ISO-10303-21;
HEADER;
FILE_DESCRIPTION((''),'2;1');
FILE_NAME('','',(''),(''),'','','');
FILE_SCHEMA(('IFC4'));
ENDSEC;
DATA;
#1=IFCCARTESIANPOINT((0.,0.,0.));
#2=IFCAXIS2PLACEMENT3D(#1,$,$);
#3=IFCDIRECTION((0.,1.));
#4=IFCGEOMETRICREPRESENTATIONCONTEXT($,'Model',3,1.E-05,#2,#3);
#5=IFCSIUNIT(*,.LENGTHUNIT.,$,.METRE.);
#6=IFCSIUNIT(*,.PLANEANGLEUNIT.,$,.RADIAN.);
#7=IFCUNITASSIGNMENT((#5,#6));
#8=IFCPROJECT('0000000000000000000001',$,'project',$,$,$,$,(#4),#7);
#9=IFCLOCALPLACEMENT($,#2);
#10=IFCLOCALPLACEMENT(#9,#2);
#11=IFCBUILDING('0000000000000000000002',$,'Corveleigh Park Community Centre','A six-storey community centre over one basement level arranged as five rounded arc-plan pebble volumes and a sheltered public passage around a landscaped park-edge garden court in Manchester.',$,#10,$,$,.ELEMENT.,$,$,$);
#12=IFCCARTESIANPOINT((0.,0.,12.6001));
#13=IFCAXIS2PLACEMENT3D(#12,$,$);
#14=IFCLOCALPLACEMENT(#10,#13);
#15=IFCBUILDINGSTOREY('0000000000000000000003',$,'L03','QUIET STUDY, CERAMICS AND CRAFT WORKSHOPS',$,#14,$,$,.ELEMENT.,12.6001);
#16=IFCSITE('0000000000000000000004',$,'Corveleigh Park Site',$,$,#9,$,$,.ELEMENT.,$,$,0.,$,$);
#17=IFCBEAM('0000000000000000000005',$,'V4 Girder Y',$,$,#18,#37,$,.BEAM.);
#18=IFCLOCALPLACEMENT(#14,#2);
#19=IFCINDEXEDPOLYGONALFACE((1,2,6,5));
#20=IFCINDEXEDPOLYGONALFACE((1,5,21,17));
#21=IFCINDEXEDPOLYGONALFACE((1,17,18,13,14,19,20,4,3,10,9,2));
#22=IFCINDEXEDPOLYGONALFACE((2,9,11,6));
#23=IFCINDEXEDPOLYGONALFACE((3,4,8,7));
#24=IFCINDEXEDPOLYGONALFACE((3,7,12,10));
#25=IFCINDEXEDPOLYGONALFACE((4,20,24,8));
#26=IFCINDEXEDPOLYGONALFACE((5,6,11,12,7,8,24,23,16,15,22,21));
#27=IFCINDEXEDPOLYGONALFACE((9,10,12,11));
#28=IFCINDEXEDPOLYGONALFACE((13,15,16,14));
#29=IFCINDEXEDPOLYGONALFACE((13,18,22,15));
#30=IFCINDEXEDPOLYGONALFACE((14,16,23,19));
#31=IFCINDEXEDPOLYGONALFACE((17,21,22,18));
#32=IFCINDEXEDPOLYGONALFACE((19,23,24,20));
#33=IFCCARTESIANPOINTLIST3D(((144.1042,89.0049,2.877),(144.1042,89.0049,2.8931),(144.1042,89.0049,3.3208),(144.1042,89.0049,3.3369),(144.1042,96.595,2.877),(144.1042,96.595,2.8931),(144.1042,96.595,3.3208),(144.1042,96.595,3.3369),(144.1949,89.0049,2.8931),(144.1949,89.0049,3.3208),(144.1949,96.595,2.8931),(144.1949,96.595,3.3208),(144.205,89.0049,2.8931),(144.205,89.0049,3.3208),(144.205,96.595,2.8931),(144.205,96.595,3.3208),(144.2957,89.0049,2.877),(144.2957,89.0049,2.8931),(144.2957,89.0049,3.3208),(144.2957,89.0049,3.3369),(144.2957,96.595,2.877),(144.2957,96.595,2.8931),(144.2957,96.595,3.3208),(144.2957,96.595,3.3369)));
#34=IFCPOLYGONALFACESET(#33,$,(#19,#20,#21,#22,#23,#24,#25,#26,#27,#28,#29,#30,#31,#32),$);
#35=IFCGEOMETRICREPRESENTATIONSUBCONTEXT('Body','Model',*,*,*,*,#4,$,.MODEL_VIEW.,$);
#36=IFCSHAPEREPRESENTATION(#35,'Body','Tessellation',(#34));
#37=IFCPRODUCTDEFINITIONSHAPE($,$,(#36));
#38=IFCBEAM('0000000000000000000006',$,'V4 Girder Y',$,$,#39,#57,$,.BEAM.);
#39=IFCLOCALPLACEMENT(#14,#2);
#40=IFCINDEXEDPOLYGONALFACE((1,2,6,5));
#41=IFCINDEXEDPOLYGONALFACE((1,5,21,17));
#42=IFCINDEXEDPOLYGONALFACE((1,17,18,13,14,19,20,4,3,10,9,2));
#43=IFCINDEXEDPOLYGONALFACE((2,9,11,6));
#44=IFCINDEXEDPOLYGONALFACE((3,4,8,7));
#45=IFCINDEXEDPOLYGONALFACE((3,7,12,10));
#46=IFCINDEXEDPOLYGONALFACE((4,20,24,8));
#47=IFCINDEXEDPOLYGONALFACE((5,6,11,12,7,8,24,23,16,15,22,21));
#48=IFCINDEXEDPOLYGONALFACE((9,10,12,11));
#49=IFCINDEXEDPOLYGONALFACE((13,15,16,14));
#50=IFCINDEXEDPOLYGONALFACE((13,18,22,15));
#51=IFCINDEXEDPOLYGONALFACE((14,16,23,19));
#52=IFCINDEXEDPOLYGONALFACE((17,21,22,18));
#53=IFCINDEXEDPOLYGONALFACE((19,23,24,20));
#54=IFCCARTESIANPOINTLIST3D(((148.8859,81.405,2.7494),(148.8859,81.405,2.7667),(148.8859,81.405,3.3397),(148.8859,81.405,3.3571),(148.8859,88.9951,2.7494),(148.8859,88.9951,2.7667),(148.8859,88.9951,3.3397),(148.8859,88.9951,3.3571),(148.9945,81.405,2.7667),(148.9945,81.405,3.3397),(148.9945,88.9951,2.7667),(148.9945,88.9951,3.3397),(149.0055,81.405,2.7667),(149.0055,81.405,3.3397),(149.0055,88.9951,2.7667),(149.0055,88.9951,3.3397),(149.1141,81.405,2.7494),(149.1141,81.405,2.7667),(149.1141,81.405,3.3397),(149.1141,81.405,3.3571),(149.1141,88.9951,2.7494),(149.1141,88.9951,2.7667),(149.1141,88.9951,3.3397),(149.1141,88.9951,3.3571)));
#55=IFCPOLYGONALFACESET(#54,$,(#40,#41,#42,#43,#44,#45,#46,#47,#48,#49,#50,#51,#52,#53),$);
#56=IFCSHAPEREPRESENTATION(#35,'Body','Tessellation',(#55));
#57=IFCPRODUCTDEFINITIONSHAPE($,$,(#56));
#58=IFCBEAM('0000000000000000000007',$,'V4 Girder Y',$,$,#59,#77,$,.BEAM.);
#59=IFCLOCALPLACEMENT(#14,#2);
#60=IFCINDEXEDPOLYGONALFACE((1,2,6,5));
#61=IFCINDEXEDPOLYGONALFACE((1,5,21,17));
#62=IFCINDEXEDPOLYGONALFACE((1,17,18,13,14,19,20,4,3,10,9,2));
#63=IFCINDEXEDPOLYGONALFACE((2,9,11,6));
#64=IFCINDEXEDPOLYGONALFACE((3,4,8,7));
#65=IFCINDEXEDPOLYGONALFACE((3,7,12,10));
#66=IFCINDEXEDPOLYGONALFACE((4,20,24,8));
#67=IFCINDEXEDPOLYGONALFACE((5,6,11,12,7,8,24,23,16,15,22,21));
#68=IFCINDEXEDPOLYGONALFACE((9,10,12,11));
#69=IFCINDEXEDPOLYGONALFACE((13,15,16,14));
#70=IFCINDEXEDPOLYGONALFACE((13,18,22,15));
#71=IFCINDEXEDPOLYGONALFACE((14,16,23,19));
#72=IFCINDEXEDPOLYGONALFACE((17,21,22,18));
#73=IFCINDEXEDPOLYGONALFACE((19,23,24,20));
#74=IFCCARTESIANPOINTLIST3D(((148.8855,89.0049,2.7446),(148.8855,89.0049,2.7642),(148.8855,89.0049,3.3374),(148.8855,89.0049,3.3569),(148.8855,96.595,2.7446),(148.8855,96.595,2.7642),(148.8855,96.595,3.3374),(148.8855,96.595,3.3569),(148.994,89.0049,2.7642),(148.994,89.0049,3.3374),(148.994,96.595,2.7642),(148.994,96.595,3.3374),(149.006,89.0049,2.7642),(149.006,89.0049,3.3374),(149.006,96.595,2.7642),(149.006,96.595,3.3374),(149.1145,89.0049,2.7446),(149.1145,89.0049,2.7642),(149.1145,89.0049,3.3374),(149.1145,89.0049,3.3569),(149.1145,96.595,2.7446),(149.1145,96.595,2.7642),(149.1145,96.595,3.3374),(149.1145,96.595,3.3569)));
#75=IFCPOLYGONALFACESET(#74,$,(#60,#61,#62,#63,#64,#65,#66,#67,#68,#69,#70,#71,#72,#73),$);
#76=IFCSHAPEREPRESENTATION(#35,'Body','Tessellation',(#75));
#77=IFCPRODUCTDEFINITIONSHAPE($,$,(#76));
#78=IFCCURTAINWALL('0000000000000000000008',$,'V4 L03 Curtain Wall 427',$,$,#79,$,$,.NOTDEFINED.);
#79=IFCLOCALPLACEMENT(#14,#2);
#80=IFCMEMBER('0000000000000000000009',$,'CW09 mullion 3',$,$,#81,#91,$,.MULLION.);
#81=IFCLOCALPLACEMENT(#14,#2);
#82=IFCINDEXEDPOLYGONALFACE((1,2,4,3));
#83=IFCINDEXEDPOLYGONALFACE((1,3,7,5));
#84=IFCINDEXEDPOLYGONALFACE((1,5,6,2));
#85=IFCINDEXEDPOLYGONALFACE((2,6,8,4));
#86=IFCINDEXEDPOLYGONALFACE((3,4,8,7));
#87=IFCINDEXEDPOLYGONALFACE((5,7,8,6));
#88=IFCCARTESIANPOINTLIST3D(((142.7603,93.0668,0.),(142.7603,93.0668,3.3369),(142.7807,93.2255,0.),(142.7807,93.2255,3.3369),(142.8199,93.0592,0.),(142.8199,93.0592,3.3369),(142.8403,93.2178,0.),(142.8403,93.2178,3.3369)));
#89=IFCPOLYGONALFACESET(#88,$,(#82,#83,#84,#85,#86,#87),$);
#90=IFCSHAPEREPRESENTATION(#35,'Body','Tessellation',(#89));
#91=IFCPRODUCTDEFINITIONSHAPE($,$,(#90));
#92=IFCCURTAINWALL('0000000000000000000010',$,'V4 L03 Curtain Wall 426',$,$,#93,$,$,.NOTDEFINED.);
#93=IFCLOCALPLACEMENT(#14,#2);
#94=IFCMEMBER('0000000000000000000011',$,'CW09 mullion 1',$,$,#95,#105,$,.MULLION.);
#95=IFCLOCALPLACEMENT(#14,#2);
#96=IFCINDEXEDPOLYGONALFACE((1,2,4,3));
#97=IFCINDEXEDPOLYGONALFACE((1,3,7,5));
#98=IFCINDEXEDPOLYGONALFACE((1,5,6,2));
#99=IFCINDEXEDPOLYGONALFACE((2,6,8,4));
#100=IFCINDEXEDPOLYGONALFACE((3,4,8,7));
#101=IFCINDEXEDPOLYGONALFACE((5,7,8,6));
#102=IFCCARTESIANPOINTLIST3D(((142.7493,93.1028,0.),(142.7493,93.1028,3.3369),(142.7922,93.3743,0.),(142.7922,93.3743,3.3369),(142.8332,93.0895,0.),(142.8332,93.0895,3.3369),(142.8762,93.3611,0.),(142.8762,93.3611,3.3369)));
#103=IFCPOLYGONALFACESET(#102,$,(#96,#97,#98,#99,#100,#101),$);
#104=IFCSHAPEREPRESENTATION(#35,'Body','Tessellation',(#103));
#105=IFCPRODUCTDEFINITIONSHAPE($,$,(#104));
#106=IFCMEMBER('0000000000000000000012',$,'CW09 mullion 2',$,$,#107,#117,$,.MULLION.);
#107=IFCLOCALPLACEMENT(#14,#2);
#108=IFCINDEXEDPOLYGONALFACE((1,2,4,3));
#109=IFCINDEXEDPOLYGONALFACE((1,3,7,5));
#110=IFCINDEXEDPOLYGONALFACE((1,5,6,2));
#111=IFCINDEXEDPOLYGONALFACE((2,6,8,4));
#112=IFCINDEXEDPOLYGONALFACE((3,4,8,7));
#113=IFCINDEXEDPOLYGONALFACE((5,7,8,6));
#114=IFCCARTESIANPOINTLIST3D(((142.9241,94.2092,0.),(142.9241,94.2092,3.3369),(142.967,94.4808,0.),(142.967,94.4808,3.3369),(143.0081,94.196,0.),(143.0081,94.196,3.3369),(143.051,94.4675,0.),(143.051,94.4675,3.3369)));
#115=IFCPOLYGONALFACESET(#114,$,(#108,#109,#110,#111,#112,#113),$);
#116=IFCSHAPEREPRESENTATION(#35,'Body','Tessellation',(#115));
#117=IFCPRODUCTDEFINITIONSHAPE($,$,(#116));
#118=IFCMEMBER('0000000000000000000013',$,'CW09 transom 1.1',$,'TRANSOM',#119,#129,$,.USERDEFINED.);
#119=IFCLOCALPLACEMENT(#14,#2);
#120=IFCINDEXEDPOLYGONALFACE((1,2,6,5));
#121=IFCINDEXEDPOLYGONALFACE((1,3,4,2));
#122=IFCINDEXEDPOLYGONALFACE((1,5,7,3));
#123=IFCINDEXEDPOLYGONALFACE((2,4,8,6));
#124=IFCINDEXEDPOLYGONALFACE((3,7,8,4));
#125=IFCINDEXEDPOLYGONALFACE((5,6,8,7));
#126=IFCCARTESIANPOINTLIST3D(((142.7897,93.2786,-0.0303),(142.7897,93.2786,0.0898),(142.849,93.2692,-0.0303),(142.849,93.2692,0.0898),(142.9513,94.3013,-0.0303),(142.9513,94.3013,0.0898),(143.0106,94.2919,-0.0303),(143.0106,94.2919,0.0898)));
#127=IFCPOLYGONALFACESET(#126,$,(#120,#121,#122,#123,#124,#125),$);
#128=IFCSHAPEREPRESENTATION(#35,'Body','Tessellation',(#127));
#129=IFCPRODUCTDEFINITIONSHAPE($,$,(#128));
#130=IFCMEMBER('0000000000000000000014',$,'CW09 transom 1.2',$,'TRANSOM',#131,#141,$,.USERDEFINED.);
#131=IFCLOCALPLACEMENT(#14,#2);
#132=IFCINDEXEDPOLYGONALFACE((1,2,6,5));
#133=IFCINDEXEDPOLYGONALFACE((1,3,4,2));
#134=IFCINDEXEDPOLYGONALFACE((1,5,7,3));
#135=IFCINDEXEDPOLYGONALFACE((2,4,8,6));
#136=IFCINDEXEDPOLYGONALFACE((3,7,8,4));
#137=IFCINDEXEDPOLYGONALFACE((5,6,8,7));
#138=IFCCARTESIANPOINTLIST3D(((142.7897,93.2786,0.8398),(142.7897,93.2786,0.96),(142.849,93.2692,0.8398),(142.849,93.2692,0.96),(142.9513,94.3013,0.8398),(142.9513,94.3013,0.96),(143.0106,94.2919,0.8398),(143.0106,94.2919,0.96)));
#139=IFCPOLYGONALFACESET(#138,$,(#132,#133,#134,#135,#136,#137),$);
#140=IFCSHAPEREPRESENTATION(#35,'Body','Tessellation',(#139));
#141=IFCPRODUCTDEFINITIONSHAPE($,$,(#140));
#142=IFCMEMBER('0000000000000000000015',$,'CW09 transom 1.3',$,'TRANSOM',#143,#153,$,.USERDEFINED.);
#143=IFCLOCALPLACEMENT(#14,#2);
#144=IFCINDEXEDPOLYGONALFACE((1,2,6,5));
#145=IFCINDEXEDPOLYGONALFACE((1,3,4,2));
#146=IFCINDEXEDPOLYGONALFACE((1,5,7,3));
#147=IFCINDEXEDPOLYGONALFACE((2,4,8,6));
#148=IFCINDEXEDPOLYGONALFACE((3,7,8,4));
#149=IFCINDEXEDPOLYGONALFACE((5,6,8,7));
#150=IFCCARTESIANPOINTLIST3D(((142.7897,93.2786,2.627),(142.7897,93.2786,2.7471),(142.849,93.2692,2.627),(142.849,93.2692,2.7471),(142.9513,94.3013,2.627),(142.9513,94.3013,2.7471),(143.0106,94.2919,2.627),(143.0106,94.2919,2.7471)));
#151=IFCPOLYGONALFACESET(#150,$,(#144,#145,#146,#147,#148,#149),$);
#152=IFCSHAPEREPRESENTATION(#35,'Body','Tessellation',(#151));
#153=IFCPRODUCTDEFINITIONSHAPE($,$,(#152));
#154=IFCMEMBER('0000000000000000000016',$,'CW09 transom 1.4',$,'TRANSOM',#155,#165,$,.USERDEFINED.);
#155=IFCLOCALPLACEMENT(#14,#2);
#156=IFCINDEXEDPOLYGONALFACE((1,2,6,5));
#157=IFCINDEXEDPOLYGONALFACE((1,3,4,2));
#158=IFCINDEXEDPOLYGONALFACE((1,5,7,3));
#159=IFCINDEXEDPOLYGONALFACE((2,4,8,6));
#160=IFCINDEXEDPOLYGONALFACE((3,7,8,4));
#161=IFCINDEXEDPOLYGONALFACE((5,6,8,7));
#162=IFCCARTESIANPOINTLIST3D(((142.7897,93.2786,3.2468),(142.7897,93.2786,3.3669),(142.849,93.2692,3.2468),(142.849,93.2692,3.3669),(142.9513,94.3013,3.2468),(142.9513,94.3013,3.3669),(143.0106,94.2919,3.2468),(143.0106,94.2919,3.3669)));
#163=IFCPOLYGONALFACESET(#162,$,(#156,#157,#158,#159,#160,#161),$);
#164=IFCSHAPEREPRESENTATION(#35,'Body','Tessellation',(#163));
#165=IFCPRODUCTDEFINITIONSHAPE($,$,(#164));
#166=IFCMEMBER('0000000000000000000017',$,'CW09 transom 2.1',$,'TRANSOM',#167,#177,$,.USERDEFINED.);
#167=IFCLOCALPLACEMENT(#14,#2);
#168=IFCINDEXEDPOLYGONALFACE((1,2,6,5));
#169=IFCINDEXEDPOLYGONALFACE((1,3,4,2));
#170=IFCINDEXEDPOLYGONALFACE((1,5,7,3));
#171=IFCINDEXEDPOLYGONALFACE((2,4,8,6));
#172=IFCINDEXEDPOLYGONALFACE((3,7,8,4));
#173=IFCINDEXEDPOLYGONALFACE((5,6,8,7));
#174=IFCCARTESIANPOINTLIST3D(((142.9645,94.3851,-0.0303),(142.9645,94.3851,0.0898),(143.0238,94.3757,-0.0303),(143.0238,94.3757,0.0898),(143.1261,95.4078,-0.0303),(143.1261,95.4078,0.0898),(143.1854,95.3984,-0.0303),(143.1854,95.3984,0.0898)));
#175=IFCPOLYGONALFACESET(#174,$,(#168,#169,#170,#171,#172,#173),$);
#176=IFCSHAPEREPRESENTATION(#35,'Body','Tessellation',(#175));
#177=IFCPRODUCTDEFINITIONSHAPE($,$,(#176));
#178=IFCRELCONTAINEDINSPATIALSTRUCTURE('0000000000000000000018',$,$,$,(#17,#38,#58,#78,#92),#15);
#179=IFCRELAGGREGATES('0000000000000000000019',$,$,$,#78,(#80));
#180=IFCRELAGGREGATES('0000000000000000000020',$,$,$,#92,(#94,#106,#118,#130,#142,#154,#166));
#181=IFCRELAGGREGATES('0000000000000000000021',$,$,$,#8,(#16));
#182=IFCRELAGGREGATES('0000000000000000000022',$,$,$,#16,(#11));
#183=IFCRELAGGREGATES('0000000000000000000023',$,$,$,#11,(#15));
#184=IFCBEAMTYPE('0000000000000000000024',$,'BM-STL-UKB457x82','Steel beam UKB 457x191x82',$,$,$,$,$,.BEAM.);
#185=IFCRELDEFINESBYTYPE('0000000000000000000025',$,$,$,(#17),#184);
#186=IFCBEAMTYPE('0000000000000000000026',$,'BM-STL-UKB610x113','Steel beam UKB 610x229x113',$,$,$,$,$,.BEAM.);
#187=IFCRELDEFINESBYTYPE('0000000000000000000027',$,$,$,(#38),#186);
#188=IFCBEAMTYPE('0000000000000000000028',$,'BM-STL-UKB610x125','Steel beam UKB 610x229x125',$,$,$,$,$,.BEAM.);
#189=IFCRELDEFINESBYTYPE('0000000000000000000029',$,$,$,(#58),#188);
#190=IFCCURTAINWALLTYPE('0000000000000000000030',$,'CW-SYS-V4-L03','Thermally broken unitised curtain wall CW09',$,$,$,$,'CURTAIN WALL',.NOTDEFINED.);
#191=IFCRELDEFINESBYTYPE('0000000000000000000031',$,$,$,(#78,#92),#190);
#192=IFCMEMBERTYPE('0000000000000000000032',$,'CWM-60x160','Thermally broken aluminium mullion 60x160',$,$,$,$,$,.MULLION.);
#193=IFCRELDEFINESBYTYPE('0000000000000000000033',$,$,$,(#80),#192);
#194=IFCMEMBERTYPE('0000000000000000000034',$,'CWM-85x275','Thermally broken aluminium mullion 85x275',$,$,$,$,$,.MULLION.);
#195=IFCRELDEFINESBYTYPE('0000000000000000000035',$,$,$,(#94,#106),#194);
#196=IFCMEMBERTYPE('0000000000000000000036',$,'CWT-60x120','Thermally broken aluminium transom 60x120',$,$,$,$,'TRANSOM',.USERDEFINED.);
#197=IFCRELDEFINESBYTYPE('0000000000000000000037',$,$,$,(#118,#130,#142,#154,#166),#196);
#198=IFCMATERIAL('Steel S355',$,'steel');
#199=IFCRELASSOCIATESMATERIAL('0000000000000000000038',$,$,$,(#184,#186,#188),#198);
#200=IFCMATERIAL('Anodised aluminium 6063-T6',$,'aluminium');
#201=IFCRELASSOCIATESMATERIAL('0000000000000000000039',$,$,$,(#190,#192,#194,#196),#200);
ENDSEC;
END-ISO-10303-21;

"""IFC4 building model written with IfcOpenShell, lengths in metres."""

from ifc_helpers import new_model, si_unit, direction, frame, origin, origin_2d, place, context, subcontext, project, spatial, rectangle, i_section, extrude, material, material_profile, profile_set, type_object, element, aggregate, save


model = new_model("IFC4")

# Units and contexts
model_context = context("Model", 3, precision=1e-05, world=origin(), true_north=direction((0.0, 1.0)))
body_context = subcontext(model_context, "Body", "Model", "MODEL_VIEW")
ifc_project = project(units=[si_unit("LENGTHUNIT", "METRE"), si_unit("PLANEANGLEUNIT", "RADIAN")], contexts=[model_context])

# Site, building, storey
site_placement = place(None, origin())
site = spatial("IfcSite", under=ifc_project, at=site_placement, Name="Corveleigh Park Site", CompositionType="ELEMENT", RefElevation=0.0)
building_placement = place(site_placement, origin())
building = spatial("IfcBuilding", under=site, at=building_placement, Name="Corveleigh Park Community Centre", Description="A six-storey community centre over one basement level arranged as five rounded arc-plan pebble volumes and a sheltered public passage around a landscaped park-edge garden court in Manchester.", CompositionType="ELEMENT")
storey_placement = place(building_placement, frame((0.0, 0.0, 12.6001)))
storey = spatial("IfcBuildingStorey", under=building, at=storey_placement, Name="L03", Description="QUIET STUDY, CERAMICS AND CRAFT WORKSHOPS", CompositionType="ELEMENT", Elevation=12.6001)

# Shared definitions
ifc_material_1 = material(Name="Steel S355", Category="steel")

# Beams
ifc_material_profile_1 = material_profile(ifc_material_1, i_section(OverallWidth=0.1914, OverallDepth=0.46, WebThickness=0.01, FlangeThickness=0.0161, at=origin_2d()), Name="UKB 457x191x82", Category="steel")
ifc_profile_set_1 = profile_set([ifc_material_profile_1], Name="Steel S355")
beam_type_1 = type_object("IfcBeamType", Name="BM-STL-UKB457x82", Description="Steel beam UKB 457x191x82", PredefinedType="BEAM", material=ifc_profile_set_1)
beam_1_placement = place(storey_placement, frame((144.2, 89.0049, 3.1069), z_axis=(0.0, 1.0, 0.0), x_axis=(-1.0, 0.0, 0.0)))
element("IfcBeam", 1, at=beam_1_placement, inside=storey, type_object=beam_type_1, Name="V4 Girder Y", PredefinedType="BEAM", context=body_context, shape_type="SweptSolid", body=[
    extrude(i_section(OverallWidth=0.1914, OverallDepth=0.46, WebThickness=0.01, FlangeThickness=0.0161, at=origin_2d()), origin(), (0.0, 0.0, 1.0), 7.5901),
])
ifc_material_profile_2 = material_profile(ifc_material_1, i_section(OverallWidth=0.2283, OverallDepth=0.6077, WebThickness=0.011, FlangeThickness=0.0173, at=origin_2d()), Name="UKB 610x229x113", Category="steel")
ifc_profile_set_2 = profile_set([ifc_material_profile_2], Name="Steel S355")
beam_type_2 = type_object("IfcBeamType", Name="BM-STL-UKB610x113", Description="Steel beam UKB 610x229x113", PredefinedType="BEAM", material=ifc_profile_set_2)
beam_2_placement = place(storey_placement, frame((149.0, 81.405, 3.0532), z_axis=(0.0, 1.0, 0.0), x_axis=(-1.0, 0.0, 0.0)))
element("IfcBeam", 2, at=beam_2_placement, inside=storey, type_object=beam_type_2, Name="V4 Girder Y", PredefinedType="BEAM", context=body_context, shape_type="SweptSolid", body=[
    extrude(i_section(OverallWidth=0.2283, OverallDepth=0.6077, WebThickness=0.011, FlangeThickness=0.0173, at=origin_2d()), origin(), (0.0, 0.0, 1.0), 7.5901),
])
ifc_material_profile_3 = material_profile(ifc_material_1, i_section(OverallWidth=0.229, OverallDepth=0.6123, WebThickness=0.012, FlangeThickness=0.0195, at=origin_2d()), Name="UKB 610x229x125", Category="steel")
ifc_profile_set_3 = profile_set([ifc_material_profile_3], Name="Steel S355")
beam_type_3 = type_object("IfcBeamType", Name="BM-STL-UKB610x125", Description="Steel beam UKB 610x229x125", PredefinedType="BEAM", material=ifc_profile_set_3)
beam_3_placement = place(storey_placement, frame((149.0, 89.0049, 3.0508), z_axis=(0.0, 1.0, 0.0), x_axis=(-1.0, 0.0, 0.0)))
element("IfcBeam", 3, at=beam_3_placement, inside=storey, type_object=beam_type_3, Name="V4 Girder Y", PredefinedType="BEAM", context=body_context, shape_type="SweptSolid", body=[
    extrude(i_section(OverallWidth=0.229, OverallDepth=0.6123, WebThickness=0.012, FlangeThickness=0.0195, at=origin_2d()), origin(), (0.0, 0.0, 1.0), 7.5901),
])

# Curtain wall, member
ifc_material_2 = material(Name="Anodised aluminium 6063-T6", Category="aluminium")
curtain_wall_type = type_object("IfcCurtainWallType", Name="CW-SYS-V4-L03", Description="Thermally broken unitised curtain wall CW09", ElementType="CURTAIN WALL", PredefinedType="NOTDEFINED", material=ifc_material_2)
curtain_wall_1_placement = place(storey_placement, origin())
curtain_wall_1 = element("IfcCurtainWall", 4, at=curtain_wall_1_placement, inside=storey, type_object=curtain_wall_type, Name="V4 L03 Curtain Wall 427", PredefinedType="NOTDEFINED")
ifc_material_profile_4 = material_profile(ifc_material_2, rectangle(XDim=0.0601, YDim=0.1599, at=origin_2d()), Name="ALU-M60x160", Category="aluminium")
ifc_profile_set_4 = profile_set([ifc_material_profile_4], Name="Anodised aluminium 6063-T6")
member_type_1 = type_object("IfcMemberType", Name="CWM-60x160", Description="Thermally broken aluminium mullion 60x160", PredefinedType="MULLION", material=ifc_profile_set_4)
member_1_placement = place(storey_placement, frame((142.8003, 93.1423, 0.0), z_axis=(0.0, 0.0, 1.0), x_axis=(-0.991869, 0.127262, 0.0)))
member_1 = element("IfcMember", 5, at=member_1_placement, type_object=member_type_1, Name="CW09 mullion 3", PredefinedType="MULLION", context=body_context, shape_type="SweptSolid", body=[
    extrude(rectangle(XDim=0.0601, YDim=0.1599, at=origin_2d()), origin(), (0.0, 0.0, 1.0), 3.3369),
])
aggregate(curtain_wall_1, [member_1])

# Curtain wall, members
curtain_wall_2_placement = place(storey_placement, origin())
curtain_wall_2 = element("IfcCurtainWall", 6, at=curtain_wall_2_placement, inside=storey, type_object=curtain_wall_type, Name="V4 L03 Curtain Wall 426", PredefinedType="NOTDEFINED")
ifc_material_profile_5 = material_profile(ifc_material_2, rectangle(XDim=0.085, YDim=0.2749, at=origin_2d()), Name="ALU-M85x275", Category="aluminium")
ifc_profile_set_5 = profile_set([ifc_material_profile_5], Name="Anodised aluminium 6063-T6")
member_type_2 = type_object("IfcMemberType", Name="CWM-85x275", Description="Thermally broken aluminium mullion 85x275", PredefinedType="MULLION", material=ifc_profile_set_5)
member_2_placement = place(storey_placement, frame((142.8127, 93.2319, 0.0), z_axis=(0.0, 0.0, 1.0), x_axis=(-0.987742, 0.156095, 0.0)))
member_2 = element("IfcMember", 7, at=member_2_placement, type_object=member_type_2, Name="CW09 mullion 1", PredefinedType="MULLION", context=body_context, shape_type="SweptSolid", body=[
    extrude(rectangle(XDim=0.085, YDim=0.2749, at=origin_2d()), origin(), (0.0, 0.0, 1.0), 3.3369),
])
member_3_placement = place(storey_placement, frame((142.9875, 94.3384, 0.0), z_axis=(0.0, 0.0, 1.0), x_axis=(-0.987742, 0.156095, 0.0)))
member_3 = element("IfcMember", 8, at=member_3_placement, type_object=member_type_2, Name="CW09 mullion 2", PredefinedType="MULLION", context=body_context, shape_type="SweptSolid", body=[
    extrude(rectangle(XDim=0.085, YDim=0.2749, at=origin_2d()), origin(), (0.0, 0.0, 1.0), 3.3369),
])
ifc_material_profile_6 = material_profile(ifc_material_2, rectangle(XDim=0.0601, YDim=0.1201, at=origin_2d()), Name="ALU-T60x120", Category="aluminium")
ifc_profile_set_6 = profile_set([ifc_material_profile_6], Name="Anodised aluminium 6063-T6")
member_type_3 = type_object("IfcMemberType", Name="CWT-60x120", Description="Thermally broken aluminium transom 60x120", ElementType="TRANSOM", PredefinedType="USERDEFINED", material=ifc_profile_set_6)
member_4_placement = place(storey_placement, frame((142.8193, 93.2739, 0.0298), z_axis=(0.156096, 0.987742, 0.0), x_axis=(-0.987742, 0.156096, 0.0)))
member_4 = element("IfcMember", 9, at=member_4_placement, type_object=member_type_3, Name="CW09 transom 1.1", ObjectType="TRANSOM", PredefinedType="USERDEFINED", context=body_context, shape_type="SweptSolid", body=[
    extrude(rectangle(XDim=0.0601, YDim=0.1201, at=origin_2d()), origin(), (0.0, 0.0, 1.0), 1.0354),
])
member_5_placement = place(storey_placement, frame((142.8193, 93.2739, 0.8999), z_axis=(0.156096, 0.987742, 0.0), x_axis=(-0.987742, 0.156096, 0.0)))
member_5 = element("IfcMember", 10, at=member_5_placement, type_object=member_type_3, Name="CW09 transom 1.2", ObjectType="TRANSOM", PredefinedType="USERDEFINED", context=body_context, shape_type="SweptSolid", body=[
    extrude(rectangle(XDim=0.0601, YDim=0.1201, at=origin_2d()), origin(), (0.0, 0.0, 1.0), 1.0354),
])
member_6_placement = place(storey_placement, frame((142.8193, 93.2739, 2.687), z_axis=(0.156096, 0.987742, 0.0), x_axis=(-0.987742, 0.156096, 0.0)))
member_6 = element("IfcMember", 11, at=member_6_placement, type_object=member_type_3, Name="CW09 transom 1.3", ObjectType="TRANSOM", PredefinedType="USERDEFINED", context=body_context, shape_type="SweptSolid", body=[
    extrude(rectangle(XDim=0.0601, YDim=0.1201, at=origin_2d()), origin(), (0.0, 0.0, 1.0), 1.0354),
])
member_7_placement = place(storey_placement, frame((142.8193, 93.2739, 3.3069), z_axis=(0.156096, 0.987742, 0.0), x_axis=(-0.987742, 0.156096, 0.0)))
member_7 = element("IfcMember", 12, at=member_7_placement, type_object=member_type_3, Name="CW09 transom 1.4", ObjectType="TRANSOM", PredefinedType="USERDEFINED", context=body_context, shape_type="SweptSolid", body=[
    extrude(rectangle(XDim=0.0601, YDim=0.1201, at=origin_2d()), origin(), (0.0, 0.0, 1.0), 1.0354),
])
member_8_placement = place(storey_placement, frame((142.9941, 94.3804, 0.0298), z_axis=(0.156096, 0.987742, 0.0), x_axis=(-0.987742, 0.156096, 0.0)))
member_8 = element("IfcMember", 13, at=member_8_placement, type_object=member_type_3, Name="CW09 transom 2.1", ObjectType="TRANSOM", PredefinedType="USERDEFINED", context=body_context, shape_type="SweptSolid", body=[
    extrude(rectangle(XDim=0.0601, YDim=0.1201, at=origin_2d()), origin(), (0.0, 0.0, 1.0), 1.0354),
])
aggregate(curtain_wall_2, [member_2, member_3, member_4, member_5, member_6, member_7, member_8])

save(model, "model.ifc")
